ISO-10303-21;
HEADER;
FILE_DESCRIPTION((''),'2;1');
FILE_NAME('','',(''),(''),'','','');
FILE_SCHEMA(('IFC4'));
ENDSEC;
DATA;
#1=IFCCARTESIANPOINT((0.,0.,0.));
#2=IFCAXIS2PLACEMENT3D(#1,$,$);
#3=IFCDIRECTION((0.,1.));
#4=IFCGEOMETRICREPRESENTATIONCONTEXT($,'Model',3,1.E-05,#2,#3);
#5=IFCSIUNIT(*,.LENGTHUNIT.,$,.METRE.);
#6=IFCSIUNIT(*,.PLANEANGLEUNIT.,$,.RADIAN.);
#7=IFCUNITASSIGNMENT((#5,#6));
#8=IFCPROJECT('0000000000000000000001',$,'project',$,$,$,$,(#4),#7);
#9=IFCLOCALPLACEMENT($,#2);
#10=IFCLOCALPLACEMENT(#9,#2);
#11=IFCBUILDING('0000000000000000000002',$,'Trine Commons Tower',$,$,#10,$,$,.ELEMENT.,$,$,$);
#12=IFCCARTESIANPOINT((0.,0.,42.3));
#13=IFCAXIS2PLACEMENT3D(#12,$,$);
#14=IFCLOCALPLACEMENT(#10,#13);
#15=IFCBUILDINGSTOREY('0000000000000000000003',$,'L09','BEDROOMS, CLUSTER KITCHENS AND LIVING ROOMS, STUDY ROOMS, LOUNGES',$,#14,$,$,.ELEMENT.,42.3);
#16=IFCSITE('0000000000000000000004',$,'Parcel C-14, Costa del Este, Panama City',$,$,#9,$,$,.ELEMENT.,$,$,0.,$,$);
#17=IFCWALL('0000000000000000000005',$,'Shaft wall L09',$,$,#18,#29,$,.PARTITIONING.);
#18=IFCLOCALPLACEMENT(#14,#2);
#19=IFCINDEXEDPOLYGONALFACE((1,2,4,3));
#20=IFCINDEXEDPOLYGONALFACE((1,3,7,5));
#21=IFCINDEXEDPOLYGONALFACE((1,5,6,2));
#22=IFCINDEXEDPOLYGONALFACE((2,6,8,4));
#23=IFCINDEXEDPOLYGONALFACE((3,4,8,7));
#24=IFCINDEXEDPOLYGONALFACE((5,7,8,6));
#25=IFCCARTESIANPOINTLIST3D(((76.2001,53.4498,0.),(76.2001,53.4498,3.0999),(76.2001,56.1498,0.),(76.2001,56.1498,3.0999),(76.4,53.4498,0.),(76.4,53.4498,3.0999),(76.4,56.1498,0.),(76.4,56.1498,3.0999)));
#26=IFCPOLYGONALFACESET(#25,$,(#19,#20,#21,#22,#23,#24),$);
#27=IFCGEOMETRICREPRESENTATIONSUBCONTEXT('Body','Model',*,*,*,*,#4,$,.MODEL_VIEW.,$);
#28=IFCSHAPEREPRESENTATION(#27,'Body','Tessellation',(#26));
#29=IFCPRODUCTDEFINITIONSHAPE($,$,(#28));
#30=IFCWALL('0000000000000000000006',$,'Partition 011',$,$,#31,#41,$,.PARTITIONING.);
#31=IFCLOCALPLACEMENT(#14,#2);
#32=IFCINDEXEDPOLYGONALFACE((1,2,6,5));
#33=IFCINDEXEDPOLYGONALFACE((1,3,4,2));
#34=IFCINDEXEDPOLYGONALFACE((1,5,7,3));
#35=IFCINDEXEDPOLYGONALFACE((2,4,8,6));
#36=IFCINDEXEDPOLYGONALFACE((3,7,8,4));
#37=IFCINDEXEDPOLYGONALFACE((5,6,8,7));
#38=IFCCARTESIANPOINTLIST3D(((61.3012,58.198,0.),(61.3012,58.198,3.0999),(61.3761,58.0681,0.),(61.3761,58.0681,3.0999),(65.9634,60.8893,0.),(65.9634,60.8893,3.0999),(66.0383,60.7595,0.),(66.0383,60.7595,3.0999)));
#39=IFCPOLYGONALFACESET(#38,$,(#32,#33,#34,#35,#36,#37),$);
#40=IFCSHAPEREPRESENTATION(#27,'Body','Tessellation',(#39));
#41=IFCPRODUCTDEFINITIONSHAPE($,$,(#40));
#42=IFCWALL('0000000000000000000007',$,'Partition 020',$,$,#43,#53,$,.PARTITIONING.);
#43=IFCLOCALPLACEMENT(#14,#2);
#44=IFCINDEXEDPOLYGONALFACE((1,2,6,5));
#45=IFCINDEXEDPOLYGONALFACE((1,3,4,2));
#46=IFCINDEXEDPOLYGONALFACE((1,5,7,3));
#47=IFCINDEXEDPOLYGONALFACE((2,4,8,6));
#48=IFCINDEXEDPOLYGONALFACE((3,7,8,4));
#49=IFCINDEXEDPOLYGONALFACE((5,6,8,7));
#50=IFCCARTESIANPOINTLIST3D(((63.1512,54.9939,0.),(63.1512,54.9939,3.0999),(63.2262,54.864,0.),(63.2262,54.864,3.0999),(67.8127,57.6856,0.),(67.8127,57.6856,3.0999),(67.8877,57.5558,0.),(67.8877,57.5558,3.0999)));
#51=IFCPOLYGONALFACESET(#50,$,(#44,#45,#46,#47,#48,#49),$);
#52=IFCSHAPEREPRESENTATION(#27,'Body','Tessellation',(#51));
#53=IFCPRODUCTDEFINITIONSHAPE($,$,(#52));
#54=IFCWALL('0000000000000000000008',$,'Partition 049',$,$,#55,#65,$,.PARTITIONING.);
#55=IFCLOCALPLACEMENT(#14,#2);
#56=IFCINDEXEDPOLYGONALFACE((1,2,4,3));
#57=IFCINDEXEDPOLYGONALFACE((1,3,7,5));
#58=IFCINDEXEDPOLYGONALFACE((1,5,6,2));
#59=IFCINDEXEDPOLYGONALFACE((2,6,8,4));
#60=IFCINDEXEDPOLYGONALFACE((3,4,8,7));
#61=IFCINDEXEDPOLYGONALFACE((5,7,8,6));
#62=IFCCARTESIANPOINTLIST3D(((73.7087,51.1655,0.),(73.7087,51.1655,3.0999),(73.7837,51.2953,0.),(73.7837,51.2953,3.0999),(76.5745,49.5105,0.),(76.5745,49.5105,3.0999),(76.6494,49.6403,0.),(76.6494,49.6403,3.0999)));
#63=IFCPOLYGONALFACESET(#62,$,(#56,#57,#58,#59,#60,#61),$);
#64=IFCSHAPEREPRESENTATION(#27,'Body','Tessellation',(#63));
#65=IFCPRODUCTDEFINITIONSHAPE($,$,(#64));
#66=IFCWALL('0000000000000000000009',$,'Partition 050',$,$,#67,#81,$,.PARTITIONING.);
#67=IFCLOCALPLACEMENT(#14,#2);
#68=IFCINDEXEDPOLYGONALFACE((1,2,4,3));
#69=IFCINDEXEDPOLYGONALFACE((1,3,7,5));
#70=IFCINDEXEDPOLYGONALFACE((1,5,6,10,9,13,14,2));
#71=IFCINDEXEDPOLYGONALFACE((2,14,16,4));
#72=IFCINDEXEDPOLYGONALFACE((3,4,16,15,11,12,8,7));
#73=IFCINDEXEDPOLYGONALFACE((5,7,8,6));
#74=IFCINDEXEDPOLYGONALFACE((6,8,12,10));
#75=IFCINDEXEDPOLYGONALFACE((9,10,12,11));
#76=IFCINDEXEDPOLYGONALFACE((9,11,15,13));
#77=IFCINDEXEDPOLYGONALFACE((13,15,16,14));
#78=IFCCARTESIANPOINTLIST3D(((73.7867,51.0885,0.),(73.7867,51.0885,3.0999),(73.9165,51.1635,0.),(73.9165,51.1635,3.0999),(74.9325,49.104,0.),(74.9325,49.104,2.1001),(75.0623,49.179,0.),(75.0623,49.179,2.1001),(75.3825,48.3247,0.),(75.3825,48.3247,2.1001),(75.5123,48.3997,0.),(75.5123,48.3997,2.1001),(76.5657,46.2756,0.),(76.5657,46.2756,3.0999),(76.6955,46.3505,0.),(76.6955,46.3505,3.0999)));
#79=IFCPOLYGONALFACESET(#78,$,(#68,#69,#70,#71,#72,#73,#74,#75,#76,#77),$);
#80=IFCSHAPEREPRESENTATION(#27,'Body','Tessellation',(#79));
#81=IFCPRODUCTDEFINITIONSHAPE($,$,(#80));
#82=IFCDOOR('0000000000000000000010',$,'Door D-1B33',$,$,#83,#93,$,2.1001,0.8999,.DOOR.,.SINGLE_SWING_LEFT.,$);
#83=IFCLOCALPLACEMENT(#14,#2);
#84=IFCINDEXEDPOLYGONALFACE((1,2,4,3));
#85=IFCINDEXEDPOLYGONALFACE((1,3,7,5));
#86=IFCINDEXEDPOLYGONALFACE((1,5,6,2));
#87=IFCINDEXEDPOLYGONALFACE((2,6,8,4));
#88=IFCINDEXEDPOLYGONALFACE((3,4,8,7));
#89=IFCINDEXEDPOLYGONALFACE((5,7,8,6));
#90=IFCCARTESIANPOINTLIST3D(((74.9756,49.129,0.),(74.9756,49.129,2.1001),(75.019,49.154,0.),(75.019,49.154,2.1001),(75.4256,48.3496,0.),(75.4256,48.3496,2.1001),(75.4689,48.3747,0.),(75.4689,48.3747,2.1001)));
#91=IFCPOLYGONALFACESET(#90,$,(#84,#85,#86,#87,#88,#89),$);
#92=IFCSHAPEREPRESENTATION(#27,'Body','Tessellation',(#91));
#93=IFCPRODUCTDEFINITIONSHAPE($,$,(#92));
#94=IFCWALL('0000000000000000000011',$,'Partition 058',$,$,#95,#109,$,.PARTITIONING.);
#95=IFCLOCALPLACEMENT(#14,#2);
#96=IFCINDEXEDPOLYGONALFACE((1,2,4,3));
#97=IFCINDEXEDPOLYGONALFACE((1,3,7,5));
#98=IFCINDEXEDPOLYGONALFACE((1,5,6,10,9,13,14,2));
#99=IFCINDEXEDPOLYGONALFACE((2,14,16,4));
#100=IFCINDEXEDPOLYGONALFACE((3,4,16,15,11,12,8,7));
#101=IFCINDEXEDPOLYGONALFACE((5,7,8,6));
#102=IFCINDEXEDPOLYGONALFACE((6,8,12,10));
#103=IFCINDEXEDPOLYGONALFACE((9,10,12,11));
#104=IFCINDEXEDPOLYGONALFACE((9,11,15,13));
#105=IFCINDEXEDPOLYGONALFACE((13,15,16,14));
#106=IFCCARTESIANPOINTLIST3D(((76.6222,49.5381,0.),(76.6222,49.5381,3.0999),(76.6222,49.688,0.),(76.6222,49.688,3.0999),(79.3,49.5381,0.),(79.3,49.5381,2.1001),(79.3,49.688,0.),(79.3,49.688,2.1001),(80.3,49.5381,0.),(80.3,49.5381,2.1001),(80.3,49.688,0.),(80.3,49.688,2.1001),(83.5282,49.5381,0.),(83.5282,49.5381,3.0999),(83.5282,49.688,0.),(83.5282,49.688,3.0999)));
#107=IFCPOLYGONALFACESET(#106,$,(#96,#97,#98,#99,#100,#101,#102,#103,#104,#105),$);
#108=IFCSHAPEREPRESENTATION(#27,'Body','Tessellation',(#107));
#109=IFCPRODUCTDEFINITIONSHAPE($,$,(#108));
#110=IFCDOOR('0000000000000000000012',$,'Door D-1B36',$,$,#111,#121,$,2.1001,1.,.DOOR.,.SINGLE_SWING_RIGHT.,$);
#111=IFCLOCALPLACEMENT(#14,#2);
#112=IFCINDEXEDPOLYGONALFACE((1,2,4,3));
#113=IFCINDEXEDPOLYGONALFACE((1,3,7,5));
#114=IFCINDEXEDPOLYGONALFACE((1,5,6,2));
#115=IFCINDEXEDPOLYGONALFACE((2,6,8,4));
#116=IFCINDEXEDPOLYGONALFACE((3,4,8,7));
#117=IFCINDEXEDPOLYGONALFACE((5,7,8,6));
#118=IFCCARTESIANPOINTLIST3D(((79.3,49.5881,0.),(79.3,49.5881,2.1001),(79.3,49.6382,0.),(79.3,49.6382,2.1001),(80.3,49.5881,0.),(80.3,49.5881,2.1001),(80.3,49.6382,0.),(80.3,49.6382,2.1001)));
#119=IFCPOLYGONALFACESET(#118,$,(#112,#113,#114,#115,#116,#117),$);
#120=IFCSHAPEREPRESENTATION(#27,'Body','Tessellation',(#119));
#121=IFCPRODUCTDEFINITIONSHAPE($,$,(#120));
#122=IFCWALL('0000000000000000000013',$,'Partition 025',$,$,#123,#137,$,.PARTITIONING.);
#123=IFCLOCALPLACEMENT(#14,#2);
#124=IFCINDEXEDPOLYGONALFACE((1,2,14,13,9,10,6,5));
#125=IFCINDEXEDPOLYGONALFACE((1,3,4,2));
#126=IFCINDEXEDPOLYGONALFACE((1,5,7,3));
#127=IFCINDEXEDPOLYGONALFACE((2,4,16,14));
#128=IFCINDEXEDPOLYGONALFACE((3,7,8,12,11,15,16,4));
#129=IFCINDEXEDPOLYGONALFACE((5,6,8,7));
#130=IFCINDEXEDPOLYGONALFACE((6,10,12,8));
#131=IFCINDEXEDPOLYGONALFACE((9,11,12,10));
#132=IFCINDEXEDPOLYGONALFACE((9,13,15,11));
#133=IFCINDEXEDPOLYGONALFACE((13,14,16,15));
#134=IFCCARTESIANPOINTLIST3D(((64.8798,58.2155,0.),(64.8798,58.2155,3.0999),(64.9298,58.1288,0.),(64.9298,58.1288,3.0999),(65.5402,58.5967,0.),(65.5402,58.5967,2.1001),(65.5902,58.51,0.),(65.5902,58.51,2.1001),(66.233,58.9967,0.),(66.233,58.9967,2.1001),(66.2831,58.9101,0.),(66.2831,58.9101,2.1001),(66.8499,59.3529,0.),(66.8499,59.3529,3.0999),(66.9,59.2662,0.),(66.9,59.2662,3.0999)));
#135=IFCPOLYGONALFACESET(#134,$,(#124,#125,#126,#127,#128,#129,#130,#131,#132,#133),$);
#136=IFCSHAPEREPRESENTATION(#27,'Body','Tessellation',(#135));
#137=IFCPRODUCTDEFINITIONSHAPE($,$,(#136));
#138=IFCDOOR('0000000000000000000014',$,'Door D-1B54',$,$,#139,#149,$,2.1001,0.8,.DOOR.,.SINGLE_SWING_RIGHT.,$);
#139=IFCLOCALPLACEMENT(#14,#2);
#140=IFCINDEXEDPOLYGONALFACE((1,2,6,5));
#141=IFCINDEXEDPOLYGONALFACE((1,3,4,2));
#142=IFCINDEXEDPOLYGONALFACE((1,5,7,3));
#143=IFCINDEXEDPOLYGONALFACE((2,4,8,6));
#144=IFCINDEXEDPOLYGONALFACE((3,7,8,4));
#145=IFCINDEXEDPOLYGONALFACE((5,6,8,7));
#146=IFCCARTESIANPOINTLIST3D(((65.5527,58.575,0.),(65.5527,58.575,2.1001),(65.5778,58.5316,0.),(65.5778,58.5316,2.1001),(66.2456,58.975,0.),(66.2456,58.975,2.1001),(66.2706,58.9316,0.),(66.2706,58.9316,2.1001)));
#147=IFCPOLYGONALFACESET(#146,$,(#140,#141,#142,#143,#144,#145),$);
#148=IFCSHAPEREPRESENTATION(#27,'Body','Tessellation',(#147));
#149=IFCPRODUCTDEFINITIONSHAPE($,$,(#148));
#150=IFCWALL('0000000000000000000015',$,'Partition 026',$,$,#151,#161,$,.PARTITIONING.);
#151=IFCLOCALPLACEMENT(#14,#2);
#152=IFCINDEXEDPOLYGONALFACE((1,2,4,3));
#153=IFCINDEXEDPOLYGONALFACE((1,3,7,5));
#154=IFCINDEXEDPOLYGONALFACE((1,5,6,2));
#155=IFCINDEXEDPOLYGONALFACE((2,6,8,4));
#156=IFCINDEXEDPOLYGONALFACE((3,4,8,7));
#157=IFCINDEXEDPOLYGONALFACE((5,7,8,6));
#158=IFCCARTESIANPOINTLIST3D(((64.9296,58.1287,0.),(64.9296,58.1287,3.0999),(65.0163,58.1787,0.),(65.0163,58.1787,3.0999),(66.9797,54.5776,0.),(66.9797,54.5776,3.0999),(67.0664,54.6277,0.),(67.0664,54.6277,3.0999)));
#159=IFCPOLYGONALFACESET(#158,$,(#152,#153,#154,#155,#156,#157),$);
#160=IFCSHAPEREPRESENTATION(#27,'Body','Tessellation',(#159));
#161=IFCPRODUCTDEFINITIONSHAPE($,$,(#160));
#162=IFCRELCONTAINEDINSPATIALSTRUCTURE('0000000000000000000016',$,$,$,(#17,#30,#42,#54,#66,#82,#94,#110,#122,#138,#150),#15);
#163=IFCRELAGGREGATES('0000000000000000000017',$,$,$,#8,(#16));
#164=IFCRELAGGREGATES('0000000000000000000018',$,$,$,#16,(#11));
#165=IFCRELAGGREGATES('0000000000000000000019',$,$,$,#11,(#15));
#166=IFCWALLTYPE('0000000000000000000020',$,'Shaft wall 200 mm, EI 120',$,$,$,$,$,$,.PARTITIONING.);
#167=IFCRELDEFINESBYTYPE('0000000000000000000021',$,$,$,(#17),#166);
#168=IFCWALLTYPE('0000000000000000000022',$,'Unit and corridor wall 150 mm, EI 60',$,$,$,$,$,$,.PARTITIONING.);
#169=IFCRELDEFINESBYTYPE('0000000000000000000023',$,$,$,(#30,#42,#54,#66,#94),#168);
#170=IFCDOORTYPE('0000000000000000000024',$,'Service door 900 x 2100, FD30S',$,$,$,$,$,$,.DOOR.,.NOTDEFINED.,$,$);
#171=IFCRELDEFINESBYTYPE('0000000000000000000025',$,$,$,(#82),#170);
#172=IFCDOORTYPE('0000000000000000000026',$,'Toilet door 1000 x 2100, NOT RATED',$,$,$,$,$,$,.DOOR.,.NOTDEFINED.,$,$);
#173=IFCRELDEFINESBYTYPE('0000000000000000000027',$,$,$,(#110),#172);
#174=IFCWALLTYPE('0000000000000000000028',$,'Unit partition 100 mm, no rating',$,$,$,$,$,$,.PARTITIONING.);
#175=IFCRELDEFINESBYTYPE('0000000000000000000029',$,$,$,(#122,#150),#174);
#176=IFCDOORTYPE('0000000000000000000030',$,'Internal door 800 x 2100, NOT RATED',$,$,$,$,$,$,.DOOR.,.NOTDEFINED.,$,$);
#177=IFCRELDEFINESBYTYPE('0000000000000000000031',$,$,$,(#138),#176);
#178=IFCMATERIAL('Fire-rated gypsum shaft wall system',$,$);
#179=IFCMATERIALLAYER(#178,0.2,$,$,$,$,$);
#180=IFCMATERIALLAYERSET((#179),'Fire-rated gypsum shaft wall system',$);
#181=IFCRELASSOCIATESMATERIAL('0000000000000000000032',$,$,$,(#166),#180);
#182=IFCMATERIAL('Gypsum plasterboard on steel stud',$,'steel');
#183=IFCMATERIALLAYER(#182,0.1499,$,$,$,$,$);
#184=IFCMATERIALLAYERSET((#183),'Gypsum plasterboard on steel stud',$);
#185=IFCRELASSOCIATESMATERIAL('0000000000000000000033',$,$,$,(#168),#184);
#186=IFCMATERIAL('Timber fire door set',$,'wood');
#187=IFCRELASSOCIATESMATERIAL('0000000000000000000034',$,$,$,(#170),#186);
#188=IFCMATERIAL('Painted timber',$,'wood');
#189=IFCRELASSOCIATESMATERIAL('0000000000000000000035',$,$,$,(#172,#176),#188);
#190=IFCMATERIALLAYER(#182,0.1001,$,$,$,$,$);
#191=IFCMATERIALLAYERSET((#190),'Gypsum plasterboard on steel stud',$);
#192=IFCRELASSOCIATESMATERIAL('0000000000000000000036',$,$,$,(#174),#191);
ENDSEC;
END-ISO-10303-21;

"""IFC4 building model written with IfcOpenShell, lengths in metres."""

from ifc_helpers import new_model, si_unit, direction, frame, frame_2d, origin, place, context, subcontext, project, spatial, rectangle, extrude, material, layer, layer_set, type_object, element, fill, save


model = new_model("IFC4")

# Units and contexts
model_context = context("Model", 3, precision=1e-05, world=origin(), true_north=direction((0.0, 1.0)))
body_context = subcontext(model_context, "Body", "Model", "MODEL_VIEW")
ifc_project = project(units=[si_unit("LENGTHUNIT", "METRE"), si_unit("PLANEANGLEUNIT", "RADIAN")], contexts=[model_context])

# Site, building, storey
site_placement = place(None, origin())
site = spatial("IfcSite", under=ifc_project, at=site_placement, Name="Parcel C-14, Costa del Este, Panama City", CompositionType="ELEMENT", RefElevation=0.0)
building_placement = place(site_placement, origin())
building = spatial("IfcBuilding", under=site, at=building_placement, Name="Trine Commons Tower", CompositionType="ELEMENT")
storey_placement = place(building_placement, frame((0.0, 0.0, 42.3)))
storey = spatial("IfcBuildingStorey", under=building, at=storey_placement, Name="L09", Description="BEDROOMS, CLUSTER KITCHENS AND LIVING ROOMS, STUDY ROOMS, LOUNGES", CompositionType="ELEMENT", Elevation=42.3)

# Walls
ifc_material_1 = material(Name="Fire-rated gypsum shaft wall system")
ifc_layer_1 = layer(ifc_material_1, 0.2)
ifc_layer_set_1 = layer_set([ifc_layer_1], Name="Fire-rated gypsum shaft wall system")
wall_type_1 = type_object("IfcWallType", Name="Shaft wall 200 mm, EI 120", PredefinedType="PARTITIONING", material=ifc_layer_set_1)
wall_1_placement = place(storey_placement, frame((76.3, 56.1499, 0.0), z_axis=(0.0, 0.0, 1.0), x_axis=(0.0, -1.0, 0.0)))
element("IfcWall", 1, at=wall_1_placement, inside=storey, type_object=wall_type_1, Name="Shaft wall L09", PredefinedType="PARTITIONING", context=body_context, shape_type="SweptSolid", body=[
    extrude(rectangle(XDim=2.7, YDim=0.2, at=frame_2d((1.3501, 0.0))), origin(), (0.0, 0.0, 1.0), 3.0999),
])
ifc_material_2 = material(Name="Gypsum plasterboard on steel stud", Category="steel")
ifc_layer_2 = layer(ifc_material_2, 0.1499)
ifc_layer_set_2 = layer_set([ifc_layer_2], Name="Gypsum plasterboard on steel stud")
wall_type_2 = type_object("IfcWallType", Name="Unit and corridor wall 150 mm, EI 60", PredefinedType="PARTITIONING", material=ifc_layer_set_2)
wall_2_placement = place(storey_placement, frame((61.3386, 58.1331, 0.0), z_axis=(0.0, 0.0, 1.0), x_axis=(0.866058, 0.499944, 0.0)))
element("IfcWall", 2, at=wall_2_placement, inside=storey, type_object=wall_type_2, Name="Partition 011", PredefinedType="PARTITIONING", context=body_context, shape_type="SweptSolid", body=[
    extrude(rectangle(XDim=5.3833, YDim=0.1499, at=frame_2d((2.6917, 0.0))), origin(), (0.0, 0.0, 1.0), 3.0999),
])
wall_3_placement = place(storey_placement, frame((63.1887, 54.929, 0.0), z_axis=(0.0, 0.0, 1.0), x_axis=(0.865993, 0.500056, 0.0)))
element("IfcWall", 3, at=wall_3_placement, inside=storey, type_object=wall_type_2, Name="Partition 020", PredefinedType="PARTITIONING", context=body_context, shape_type="SweptSolid", body=[
    extrude(rectangle(XDim=5.3828, YDim=0.1499, at=frame_2d((2.6914, 0.0))), origin(), (0.0, 0.0, 1.0), 3.0999),
])
wall_4_placement = place(storey_placement, frame((73.7461, 51.2305, 0.0), z_axis=(0.0, 0.0, 1.0), x_axis=(0.86596, -0.500114, 0.0)))
element("IfcWall", 4, at=wall_4_placement, inside=storey, type_object=wall_type_2, Name="Partition 049", PredefinedType="PARTITIONING", context=body_context, shape_type="SweptSolid", body=[
    extrude(rectangle(XDim=3.3093, YDim=0.1499, at=frame_2d((1.6548, 0.0))), origin(), (0.0, 0.0, 1.0), 3.0999),
])

# Walls, openings, doors
wall_5_placement = place(storey_placement, frame((73.8516, 51.126, 0.0), z_axis=(0.0, 0.0, 1.0), x_axis=(0.500037, -0.866004, 0.0)))
wall_5 = element("IfcWall", 5, at=wall_5_placement, inside=storey, type_object=wall_type_2, Name="Partition 050", PredefinedType="PARTITIONING", context=body_context, shape_type="SweptSolid", body=[
    extrude(rectangle(XDim=5.5576, YDim=0.1499, at=frame_2d((2.7788, 0.0))), origin(), (0.0, 0.0, 1.0), 3.0999),
])
opening_1_placement = place(wall_5_placement, frame((2.2915, 0.0, 0.0)))
opening_1 = element("IfcOpeningElement", 6, at=opening_1_placement, cuts=wall_5, PredefinedType="OPENING", context=body_context, shape_type="SweptSolid", body=[
    extrude(rectangle(XDim=0.8999, YDim=2.1001, at=frame_2d((0.45, 1.05))), frame((0.0, 0.085, 0.0), z_axis=(0.0, -1.0, 0.0), x_axis=(1.0, 0.0, 0.0)), (0.0, 0.0, 1.0), 0.1699),
])
ifc_material_3 = material(Name="Timber fire door set", Category="wood")
door_type_1 = type_object("IfcDoorType", Name="Service door 900 x 2100, FD30S", OperationType="NOTDEFINED", PredefinedType="DOOR", material=ifc_material_3)
door_1_placement = place(opening_1_placement, origin())
door_1 = element("IfcDoor", 7, at=door_1_placement, inside=storey, type_object=door_type_1, Name="Door D-1B33", OperationType="SINGLE_SWING_LEFT", OverallHeight=2.1001, OverallWidth=0.8999, PredefinedType="DOOR", context=body_context, shape_type="SweptSolid", body=[
    extrude(rectangle(XDim=0.8999, YDim=2.1001, at=frame_2d((0.45, 1.05))), frame((0.0, 0.0249, 0.0), z_axis=(0.0, -1.0, 0.0), x_axis=(1.0, 0.0, 0.0)), (0.0, 0.0, 1.0), 0.05),
])
fill(opening_1, door_1)
wall_6_placement = place(storey_placement, frame((76.6221, 49.613, 0.0), z_axis=(0.0, 0.0, 1.0), x_axis=(1.0, 0.0, 0.0)))
wall_6 = element("IfcWall", 8, at=wall_6_placement, inside=storey, type_object=wall_type_2, Name="Partition 058", PredefinedType="PARTITIONING", context=body_context, shape_type="SweptSolid", body=[
    extrude(rectangle(XDim=6.906, YDim=0.1499, at=frame_2d((3.4531, 0.0))), origin(), (0.0, 0.0, 1.0), 3.0999),
])
opening_2_placement = place(wall_6_placement, frame((2.678, 0.0, 0.0)))
opening_2 = element("IfcOpeningElement", 9, at=opening_2_placement, cuts=wall_6, PredefinedType="OPENING", context=body_context, shape_type="SweptSolid", body=[
    extrude(rectangle(XDim=1.0, YDim=2.1001, at=frame_2d((0.5, 1.05))), frame((0.0, 0.085, 0.0), z_axis=(0.0, -1.0, 0.0), x_axis=(1.0, 0.0, 0.0)), (0.0, 0.0, 1.0), 0.1699),
])
ifc_material_4 = material(Name="Painted timber", Category="wood")
door_type_2 = type_object("IfcDoorType", Name="Toilet door 1000 x 2100, NOT RATED", OperationType="NOTDEFINED", PredefinedType="DOOR", material=ifc_material_4)
door_2_placement = place(opening_2_placement, frame((1.0, 0.0, 0.0), z_axis=(0.0, 0.0, 1.0), x_axis=(-1.0, 0.0, 0.0)))
door_2 = element("IfcDoor", 10, at=door_2_placement, inside=storey, type_object=door_type_2, Name="Door D-1B36", OperationType="SINGLE_SWING_RIGHT", OverallHeight=2.1001, OverallWidth=1.0, PredefinedType="DOOR", context=body_context, shape_type="SweptSolid", body=[
    extrude(rectangle(XDim=1.0, YDim=2.1001, at=frame_2d((0.5, 1.05))), frame((0.0, 0.0249, 0.0), z_axis=(0.0, -1.0, 0.0), x_axis=(1.0, 0.0, 0.0)), (0.0, 0.0, 1.0), 0.05),
])
fill(opening_2, door_2)
ifc_layer_3 = layer(ifc_material_2, 0.1001)
ifc_layer_set_3 = layer_set([ifc_layer_3], Name="Gypsum plasterboard on steel stud")
wall_type_3 = type_object("IfcWallType", Name="Unit partition 100 mm, no rating", PredefinedType="PARTITIONING", material=ifc_layer_set_3)
wall_7_placement = place(storey_placement, frame((64.9048, 58.1721, 0.0), z_axis=(0.0, 0.0, 1.0), x_axis=(0.866035, 0.499983, 0.0)))
wall_7 = element("IfcWall", 11, at=wall_7_placement, inside=storey, type_object=wall_type_3, Name="Partition 025", PredefinedType="PARTITIONING", context=body_context, shape_type="SweptSolid", body=[
    extrude(rectangle(XDim=2.2749, YDim=0.1001, at=frame_2d((1.1375, 0.0))), origin(), (0.0, 0.0, 1.0), 3.0999),
])
opening_3_placement = place(wall_7_placement, frame((0.7627, 0.0, 0.0)))
opening_3 = element("IfcOpeningElement", 12, at=opening_3_placement, cuts=wall_7, PredefinedType="OPENING", context=body_context, shape_type="SweptSolid", body=[
    extrude(rectangle(XDim=0.8, YDim=2.1001, at=frame_2d((0.3999, 1.05))), frame((0.0, 0.0601, 0.0), z_axis=(0.0, -1.0, 0.0), x_axis=(1.0, 0.0, 0.0)), (0.0, 0.0, 1.0), 0.1201),
])
door_type_3 = type_object("IfcDoorType", Name="Internal door 800 x 2100, NOT RATED", OperationType="NOTDEFINED", PredefinedType="DOOR", material=ifc_material_4)
door_3_placement = place(opening_3_placement, origin())
door_3 = element("IfcDoor", 13, at=door_3_placement, inside=storey, type_object=door_type_3, Name="Door D-1B54", OperationType="SINGLE_SWING_RIGHT", OverallHeight=2.1001, OverallWidth=0.8, PredefinedType="DOOR", context=body_context, shape_type="SweptSolid", body=[
    extrude(rectangle(XDim=0.8, YDim=2.1001, at=frame_2d((0.3999, 1.05))), frame((0.0, 0.0249, 0.0), z_axis=(0.0, -1.0, 0.0), x_axis=(1.0, 0.0, 0.0)), (0.0, 0.0, 1.0), 0.05),
])
fill(opening_3, door_3)

# Wall
wall_8_placement = place(storey_placement, frame((64.9729, 58.1538, 0.0), z_axis=(0.0, 0.0, 1.0), x_axis=(0.499975, -0.86604, 0.0)))
element("IfcWall", 14, at=wall_8_placement, inside=storey, type_object=wall_type_3, Name="Partition 026", PredefinedType="PARTITIONING", context=body_context, shape_type="SweptSolid", body=[
    extrude(rectangle(XDim=4.1003, YDim=0.1001, at=frame_2d((2.0503, 0.0))), origin(), (0.0, 0.0, 1.0), 3.0999),
])

save(model, "model.ifc")
